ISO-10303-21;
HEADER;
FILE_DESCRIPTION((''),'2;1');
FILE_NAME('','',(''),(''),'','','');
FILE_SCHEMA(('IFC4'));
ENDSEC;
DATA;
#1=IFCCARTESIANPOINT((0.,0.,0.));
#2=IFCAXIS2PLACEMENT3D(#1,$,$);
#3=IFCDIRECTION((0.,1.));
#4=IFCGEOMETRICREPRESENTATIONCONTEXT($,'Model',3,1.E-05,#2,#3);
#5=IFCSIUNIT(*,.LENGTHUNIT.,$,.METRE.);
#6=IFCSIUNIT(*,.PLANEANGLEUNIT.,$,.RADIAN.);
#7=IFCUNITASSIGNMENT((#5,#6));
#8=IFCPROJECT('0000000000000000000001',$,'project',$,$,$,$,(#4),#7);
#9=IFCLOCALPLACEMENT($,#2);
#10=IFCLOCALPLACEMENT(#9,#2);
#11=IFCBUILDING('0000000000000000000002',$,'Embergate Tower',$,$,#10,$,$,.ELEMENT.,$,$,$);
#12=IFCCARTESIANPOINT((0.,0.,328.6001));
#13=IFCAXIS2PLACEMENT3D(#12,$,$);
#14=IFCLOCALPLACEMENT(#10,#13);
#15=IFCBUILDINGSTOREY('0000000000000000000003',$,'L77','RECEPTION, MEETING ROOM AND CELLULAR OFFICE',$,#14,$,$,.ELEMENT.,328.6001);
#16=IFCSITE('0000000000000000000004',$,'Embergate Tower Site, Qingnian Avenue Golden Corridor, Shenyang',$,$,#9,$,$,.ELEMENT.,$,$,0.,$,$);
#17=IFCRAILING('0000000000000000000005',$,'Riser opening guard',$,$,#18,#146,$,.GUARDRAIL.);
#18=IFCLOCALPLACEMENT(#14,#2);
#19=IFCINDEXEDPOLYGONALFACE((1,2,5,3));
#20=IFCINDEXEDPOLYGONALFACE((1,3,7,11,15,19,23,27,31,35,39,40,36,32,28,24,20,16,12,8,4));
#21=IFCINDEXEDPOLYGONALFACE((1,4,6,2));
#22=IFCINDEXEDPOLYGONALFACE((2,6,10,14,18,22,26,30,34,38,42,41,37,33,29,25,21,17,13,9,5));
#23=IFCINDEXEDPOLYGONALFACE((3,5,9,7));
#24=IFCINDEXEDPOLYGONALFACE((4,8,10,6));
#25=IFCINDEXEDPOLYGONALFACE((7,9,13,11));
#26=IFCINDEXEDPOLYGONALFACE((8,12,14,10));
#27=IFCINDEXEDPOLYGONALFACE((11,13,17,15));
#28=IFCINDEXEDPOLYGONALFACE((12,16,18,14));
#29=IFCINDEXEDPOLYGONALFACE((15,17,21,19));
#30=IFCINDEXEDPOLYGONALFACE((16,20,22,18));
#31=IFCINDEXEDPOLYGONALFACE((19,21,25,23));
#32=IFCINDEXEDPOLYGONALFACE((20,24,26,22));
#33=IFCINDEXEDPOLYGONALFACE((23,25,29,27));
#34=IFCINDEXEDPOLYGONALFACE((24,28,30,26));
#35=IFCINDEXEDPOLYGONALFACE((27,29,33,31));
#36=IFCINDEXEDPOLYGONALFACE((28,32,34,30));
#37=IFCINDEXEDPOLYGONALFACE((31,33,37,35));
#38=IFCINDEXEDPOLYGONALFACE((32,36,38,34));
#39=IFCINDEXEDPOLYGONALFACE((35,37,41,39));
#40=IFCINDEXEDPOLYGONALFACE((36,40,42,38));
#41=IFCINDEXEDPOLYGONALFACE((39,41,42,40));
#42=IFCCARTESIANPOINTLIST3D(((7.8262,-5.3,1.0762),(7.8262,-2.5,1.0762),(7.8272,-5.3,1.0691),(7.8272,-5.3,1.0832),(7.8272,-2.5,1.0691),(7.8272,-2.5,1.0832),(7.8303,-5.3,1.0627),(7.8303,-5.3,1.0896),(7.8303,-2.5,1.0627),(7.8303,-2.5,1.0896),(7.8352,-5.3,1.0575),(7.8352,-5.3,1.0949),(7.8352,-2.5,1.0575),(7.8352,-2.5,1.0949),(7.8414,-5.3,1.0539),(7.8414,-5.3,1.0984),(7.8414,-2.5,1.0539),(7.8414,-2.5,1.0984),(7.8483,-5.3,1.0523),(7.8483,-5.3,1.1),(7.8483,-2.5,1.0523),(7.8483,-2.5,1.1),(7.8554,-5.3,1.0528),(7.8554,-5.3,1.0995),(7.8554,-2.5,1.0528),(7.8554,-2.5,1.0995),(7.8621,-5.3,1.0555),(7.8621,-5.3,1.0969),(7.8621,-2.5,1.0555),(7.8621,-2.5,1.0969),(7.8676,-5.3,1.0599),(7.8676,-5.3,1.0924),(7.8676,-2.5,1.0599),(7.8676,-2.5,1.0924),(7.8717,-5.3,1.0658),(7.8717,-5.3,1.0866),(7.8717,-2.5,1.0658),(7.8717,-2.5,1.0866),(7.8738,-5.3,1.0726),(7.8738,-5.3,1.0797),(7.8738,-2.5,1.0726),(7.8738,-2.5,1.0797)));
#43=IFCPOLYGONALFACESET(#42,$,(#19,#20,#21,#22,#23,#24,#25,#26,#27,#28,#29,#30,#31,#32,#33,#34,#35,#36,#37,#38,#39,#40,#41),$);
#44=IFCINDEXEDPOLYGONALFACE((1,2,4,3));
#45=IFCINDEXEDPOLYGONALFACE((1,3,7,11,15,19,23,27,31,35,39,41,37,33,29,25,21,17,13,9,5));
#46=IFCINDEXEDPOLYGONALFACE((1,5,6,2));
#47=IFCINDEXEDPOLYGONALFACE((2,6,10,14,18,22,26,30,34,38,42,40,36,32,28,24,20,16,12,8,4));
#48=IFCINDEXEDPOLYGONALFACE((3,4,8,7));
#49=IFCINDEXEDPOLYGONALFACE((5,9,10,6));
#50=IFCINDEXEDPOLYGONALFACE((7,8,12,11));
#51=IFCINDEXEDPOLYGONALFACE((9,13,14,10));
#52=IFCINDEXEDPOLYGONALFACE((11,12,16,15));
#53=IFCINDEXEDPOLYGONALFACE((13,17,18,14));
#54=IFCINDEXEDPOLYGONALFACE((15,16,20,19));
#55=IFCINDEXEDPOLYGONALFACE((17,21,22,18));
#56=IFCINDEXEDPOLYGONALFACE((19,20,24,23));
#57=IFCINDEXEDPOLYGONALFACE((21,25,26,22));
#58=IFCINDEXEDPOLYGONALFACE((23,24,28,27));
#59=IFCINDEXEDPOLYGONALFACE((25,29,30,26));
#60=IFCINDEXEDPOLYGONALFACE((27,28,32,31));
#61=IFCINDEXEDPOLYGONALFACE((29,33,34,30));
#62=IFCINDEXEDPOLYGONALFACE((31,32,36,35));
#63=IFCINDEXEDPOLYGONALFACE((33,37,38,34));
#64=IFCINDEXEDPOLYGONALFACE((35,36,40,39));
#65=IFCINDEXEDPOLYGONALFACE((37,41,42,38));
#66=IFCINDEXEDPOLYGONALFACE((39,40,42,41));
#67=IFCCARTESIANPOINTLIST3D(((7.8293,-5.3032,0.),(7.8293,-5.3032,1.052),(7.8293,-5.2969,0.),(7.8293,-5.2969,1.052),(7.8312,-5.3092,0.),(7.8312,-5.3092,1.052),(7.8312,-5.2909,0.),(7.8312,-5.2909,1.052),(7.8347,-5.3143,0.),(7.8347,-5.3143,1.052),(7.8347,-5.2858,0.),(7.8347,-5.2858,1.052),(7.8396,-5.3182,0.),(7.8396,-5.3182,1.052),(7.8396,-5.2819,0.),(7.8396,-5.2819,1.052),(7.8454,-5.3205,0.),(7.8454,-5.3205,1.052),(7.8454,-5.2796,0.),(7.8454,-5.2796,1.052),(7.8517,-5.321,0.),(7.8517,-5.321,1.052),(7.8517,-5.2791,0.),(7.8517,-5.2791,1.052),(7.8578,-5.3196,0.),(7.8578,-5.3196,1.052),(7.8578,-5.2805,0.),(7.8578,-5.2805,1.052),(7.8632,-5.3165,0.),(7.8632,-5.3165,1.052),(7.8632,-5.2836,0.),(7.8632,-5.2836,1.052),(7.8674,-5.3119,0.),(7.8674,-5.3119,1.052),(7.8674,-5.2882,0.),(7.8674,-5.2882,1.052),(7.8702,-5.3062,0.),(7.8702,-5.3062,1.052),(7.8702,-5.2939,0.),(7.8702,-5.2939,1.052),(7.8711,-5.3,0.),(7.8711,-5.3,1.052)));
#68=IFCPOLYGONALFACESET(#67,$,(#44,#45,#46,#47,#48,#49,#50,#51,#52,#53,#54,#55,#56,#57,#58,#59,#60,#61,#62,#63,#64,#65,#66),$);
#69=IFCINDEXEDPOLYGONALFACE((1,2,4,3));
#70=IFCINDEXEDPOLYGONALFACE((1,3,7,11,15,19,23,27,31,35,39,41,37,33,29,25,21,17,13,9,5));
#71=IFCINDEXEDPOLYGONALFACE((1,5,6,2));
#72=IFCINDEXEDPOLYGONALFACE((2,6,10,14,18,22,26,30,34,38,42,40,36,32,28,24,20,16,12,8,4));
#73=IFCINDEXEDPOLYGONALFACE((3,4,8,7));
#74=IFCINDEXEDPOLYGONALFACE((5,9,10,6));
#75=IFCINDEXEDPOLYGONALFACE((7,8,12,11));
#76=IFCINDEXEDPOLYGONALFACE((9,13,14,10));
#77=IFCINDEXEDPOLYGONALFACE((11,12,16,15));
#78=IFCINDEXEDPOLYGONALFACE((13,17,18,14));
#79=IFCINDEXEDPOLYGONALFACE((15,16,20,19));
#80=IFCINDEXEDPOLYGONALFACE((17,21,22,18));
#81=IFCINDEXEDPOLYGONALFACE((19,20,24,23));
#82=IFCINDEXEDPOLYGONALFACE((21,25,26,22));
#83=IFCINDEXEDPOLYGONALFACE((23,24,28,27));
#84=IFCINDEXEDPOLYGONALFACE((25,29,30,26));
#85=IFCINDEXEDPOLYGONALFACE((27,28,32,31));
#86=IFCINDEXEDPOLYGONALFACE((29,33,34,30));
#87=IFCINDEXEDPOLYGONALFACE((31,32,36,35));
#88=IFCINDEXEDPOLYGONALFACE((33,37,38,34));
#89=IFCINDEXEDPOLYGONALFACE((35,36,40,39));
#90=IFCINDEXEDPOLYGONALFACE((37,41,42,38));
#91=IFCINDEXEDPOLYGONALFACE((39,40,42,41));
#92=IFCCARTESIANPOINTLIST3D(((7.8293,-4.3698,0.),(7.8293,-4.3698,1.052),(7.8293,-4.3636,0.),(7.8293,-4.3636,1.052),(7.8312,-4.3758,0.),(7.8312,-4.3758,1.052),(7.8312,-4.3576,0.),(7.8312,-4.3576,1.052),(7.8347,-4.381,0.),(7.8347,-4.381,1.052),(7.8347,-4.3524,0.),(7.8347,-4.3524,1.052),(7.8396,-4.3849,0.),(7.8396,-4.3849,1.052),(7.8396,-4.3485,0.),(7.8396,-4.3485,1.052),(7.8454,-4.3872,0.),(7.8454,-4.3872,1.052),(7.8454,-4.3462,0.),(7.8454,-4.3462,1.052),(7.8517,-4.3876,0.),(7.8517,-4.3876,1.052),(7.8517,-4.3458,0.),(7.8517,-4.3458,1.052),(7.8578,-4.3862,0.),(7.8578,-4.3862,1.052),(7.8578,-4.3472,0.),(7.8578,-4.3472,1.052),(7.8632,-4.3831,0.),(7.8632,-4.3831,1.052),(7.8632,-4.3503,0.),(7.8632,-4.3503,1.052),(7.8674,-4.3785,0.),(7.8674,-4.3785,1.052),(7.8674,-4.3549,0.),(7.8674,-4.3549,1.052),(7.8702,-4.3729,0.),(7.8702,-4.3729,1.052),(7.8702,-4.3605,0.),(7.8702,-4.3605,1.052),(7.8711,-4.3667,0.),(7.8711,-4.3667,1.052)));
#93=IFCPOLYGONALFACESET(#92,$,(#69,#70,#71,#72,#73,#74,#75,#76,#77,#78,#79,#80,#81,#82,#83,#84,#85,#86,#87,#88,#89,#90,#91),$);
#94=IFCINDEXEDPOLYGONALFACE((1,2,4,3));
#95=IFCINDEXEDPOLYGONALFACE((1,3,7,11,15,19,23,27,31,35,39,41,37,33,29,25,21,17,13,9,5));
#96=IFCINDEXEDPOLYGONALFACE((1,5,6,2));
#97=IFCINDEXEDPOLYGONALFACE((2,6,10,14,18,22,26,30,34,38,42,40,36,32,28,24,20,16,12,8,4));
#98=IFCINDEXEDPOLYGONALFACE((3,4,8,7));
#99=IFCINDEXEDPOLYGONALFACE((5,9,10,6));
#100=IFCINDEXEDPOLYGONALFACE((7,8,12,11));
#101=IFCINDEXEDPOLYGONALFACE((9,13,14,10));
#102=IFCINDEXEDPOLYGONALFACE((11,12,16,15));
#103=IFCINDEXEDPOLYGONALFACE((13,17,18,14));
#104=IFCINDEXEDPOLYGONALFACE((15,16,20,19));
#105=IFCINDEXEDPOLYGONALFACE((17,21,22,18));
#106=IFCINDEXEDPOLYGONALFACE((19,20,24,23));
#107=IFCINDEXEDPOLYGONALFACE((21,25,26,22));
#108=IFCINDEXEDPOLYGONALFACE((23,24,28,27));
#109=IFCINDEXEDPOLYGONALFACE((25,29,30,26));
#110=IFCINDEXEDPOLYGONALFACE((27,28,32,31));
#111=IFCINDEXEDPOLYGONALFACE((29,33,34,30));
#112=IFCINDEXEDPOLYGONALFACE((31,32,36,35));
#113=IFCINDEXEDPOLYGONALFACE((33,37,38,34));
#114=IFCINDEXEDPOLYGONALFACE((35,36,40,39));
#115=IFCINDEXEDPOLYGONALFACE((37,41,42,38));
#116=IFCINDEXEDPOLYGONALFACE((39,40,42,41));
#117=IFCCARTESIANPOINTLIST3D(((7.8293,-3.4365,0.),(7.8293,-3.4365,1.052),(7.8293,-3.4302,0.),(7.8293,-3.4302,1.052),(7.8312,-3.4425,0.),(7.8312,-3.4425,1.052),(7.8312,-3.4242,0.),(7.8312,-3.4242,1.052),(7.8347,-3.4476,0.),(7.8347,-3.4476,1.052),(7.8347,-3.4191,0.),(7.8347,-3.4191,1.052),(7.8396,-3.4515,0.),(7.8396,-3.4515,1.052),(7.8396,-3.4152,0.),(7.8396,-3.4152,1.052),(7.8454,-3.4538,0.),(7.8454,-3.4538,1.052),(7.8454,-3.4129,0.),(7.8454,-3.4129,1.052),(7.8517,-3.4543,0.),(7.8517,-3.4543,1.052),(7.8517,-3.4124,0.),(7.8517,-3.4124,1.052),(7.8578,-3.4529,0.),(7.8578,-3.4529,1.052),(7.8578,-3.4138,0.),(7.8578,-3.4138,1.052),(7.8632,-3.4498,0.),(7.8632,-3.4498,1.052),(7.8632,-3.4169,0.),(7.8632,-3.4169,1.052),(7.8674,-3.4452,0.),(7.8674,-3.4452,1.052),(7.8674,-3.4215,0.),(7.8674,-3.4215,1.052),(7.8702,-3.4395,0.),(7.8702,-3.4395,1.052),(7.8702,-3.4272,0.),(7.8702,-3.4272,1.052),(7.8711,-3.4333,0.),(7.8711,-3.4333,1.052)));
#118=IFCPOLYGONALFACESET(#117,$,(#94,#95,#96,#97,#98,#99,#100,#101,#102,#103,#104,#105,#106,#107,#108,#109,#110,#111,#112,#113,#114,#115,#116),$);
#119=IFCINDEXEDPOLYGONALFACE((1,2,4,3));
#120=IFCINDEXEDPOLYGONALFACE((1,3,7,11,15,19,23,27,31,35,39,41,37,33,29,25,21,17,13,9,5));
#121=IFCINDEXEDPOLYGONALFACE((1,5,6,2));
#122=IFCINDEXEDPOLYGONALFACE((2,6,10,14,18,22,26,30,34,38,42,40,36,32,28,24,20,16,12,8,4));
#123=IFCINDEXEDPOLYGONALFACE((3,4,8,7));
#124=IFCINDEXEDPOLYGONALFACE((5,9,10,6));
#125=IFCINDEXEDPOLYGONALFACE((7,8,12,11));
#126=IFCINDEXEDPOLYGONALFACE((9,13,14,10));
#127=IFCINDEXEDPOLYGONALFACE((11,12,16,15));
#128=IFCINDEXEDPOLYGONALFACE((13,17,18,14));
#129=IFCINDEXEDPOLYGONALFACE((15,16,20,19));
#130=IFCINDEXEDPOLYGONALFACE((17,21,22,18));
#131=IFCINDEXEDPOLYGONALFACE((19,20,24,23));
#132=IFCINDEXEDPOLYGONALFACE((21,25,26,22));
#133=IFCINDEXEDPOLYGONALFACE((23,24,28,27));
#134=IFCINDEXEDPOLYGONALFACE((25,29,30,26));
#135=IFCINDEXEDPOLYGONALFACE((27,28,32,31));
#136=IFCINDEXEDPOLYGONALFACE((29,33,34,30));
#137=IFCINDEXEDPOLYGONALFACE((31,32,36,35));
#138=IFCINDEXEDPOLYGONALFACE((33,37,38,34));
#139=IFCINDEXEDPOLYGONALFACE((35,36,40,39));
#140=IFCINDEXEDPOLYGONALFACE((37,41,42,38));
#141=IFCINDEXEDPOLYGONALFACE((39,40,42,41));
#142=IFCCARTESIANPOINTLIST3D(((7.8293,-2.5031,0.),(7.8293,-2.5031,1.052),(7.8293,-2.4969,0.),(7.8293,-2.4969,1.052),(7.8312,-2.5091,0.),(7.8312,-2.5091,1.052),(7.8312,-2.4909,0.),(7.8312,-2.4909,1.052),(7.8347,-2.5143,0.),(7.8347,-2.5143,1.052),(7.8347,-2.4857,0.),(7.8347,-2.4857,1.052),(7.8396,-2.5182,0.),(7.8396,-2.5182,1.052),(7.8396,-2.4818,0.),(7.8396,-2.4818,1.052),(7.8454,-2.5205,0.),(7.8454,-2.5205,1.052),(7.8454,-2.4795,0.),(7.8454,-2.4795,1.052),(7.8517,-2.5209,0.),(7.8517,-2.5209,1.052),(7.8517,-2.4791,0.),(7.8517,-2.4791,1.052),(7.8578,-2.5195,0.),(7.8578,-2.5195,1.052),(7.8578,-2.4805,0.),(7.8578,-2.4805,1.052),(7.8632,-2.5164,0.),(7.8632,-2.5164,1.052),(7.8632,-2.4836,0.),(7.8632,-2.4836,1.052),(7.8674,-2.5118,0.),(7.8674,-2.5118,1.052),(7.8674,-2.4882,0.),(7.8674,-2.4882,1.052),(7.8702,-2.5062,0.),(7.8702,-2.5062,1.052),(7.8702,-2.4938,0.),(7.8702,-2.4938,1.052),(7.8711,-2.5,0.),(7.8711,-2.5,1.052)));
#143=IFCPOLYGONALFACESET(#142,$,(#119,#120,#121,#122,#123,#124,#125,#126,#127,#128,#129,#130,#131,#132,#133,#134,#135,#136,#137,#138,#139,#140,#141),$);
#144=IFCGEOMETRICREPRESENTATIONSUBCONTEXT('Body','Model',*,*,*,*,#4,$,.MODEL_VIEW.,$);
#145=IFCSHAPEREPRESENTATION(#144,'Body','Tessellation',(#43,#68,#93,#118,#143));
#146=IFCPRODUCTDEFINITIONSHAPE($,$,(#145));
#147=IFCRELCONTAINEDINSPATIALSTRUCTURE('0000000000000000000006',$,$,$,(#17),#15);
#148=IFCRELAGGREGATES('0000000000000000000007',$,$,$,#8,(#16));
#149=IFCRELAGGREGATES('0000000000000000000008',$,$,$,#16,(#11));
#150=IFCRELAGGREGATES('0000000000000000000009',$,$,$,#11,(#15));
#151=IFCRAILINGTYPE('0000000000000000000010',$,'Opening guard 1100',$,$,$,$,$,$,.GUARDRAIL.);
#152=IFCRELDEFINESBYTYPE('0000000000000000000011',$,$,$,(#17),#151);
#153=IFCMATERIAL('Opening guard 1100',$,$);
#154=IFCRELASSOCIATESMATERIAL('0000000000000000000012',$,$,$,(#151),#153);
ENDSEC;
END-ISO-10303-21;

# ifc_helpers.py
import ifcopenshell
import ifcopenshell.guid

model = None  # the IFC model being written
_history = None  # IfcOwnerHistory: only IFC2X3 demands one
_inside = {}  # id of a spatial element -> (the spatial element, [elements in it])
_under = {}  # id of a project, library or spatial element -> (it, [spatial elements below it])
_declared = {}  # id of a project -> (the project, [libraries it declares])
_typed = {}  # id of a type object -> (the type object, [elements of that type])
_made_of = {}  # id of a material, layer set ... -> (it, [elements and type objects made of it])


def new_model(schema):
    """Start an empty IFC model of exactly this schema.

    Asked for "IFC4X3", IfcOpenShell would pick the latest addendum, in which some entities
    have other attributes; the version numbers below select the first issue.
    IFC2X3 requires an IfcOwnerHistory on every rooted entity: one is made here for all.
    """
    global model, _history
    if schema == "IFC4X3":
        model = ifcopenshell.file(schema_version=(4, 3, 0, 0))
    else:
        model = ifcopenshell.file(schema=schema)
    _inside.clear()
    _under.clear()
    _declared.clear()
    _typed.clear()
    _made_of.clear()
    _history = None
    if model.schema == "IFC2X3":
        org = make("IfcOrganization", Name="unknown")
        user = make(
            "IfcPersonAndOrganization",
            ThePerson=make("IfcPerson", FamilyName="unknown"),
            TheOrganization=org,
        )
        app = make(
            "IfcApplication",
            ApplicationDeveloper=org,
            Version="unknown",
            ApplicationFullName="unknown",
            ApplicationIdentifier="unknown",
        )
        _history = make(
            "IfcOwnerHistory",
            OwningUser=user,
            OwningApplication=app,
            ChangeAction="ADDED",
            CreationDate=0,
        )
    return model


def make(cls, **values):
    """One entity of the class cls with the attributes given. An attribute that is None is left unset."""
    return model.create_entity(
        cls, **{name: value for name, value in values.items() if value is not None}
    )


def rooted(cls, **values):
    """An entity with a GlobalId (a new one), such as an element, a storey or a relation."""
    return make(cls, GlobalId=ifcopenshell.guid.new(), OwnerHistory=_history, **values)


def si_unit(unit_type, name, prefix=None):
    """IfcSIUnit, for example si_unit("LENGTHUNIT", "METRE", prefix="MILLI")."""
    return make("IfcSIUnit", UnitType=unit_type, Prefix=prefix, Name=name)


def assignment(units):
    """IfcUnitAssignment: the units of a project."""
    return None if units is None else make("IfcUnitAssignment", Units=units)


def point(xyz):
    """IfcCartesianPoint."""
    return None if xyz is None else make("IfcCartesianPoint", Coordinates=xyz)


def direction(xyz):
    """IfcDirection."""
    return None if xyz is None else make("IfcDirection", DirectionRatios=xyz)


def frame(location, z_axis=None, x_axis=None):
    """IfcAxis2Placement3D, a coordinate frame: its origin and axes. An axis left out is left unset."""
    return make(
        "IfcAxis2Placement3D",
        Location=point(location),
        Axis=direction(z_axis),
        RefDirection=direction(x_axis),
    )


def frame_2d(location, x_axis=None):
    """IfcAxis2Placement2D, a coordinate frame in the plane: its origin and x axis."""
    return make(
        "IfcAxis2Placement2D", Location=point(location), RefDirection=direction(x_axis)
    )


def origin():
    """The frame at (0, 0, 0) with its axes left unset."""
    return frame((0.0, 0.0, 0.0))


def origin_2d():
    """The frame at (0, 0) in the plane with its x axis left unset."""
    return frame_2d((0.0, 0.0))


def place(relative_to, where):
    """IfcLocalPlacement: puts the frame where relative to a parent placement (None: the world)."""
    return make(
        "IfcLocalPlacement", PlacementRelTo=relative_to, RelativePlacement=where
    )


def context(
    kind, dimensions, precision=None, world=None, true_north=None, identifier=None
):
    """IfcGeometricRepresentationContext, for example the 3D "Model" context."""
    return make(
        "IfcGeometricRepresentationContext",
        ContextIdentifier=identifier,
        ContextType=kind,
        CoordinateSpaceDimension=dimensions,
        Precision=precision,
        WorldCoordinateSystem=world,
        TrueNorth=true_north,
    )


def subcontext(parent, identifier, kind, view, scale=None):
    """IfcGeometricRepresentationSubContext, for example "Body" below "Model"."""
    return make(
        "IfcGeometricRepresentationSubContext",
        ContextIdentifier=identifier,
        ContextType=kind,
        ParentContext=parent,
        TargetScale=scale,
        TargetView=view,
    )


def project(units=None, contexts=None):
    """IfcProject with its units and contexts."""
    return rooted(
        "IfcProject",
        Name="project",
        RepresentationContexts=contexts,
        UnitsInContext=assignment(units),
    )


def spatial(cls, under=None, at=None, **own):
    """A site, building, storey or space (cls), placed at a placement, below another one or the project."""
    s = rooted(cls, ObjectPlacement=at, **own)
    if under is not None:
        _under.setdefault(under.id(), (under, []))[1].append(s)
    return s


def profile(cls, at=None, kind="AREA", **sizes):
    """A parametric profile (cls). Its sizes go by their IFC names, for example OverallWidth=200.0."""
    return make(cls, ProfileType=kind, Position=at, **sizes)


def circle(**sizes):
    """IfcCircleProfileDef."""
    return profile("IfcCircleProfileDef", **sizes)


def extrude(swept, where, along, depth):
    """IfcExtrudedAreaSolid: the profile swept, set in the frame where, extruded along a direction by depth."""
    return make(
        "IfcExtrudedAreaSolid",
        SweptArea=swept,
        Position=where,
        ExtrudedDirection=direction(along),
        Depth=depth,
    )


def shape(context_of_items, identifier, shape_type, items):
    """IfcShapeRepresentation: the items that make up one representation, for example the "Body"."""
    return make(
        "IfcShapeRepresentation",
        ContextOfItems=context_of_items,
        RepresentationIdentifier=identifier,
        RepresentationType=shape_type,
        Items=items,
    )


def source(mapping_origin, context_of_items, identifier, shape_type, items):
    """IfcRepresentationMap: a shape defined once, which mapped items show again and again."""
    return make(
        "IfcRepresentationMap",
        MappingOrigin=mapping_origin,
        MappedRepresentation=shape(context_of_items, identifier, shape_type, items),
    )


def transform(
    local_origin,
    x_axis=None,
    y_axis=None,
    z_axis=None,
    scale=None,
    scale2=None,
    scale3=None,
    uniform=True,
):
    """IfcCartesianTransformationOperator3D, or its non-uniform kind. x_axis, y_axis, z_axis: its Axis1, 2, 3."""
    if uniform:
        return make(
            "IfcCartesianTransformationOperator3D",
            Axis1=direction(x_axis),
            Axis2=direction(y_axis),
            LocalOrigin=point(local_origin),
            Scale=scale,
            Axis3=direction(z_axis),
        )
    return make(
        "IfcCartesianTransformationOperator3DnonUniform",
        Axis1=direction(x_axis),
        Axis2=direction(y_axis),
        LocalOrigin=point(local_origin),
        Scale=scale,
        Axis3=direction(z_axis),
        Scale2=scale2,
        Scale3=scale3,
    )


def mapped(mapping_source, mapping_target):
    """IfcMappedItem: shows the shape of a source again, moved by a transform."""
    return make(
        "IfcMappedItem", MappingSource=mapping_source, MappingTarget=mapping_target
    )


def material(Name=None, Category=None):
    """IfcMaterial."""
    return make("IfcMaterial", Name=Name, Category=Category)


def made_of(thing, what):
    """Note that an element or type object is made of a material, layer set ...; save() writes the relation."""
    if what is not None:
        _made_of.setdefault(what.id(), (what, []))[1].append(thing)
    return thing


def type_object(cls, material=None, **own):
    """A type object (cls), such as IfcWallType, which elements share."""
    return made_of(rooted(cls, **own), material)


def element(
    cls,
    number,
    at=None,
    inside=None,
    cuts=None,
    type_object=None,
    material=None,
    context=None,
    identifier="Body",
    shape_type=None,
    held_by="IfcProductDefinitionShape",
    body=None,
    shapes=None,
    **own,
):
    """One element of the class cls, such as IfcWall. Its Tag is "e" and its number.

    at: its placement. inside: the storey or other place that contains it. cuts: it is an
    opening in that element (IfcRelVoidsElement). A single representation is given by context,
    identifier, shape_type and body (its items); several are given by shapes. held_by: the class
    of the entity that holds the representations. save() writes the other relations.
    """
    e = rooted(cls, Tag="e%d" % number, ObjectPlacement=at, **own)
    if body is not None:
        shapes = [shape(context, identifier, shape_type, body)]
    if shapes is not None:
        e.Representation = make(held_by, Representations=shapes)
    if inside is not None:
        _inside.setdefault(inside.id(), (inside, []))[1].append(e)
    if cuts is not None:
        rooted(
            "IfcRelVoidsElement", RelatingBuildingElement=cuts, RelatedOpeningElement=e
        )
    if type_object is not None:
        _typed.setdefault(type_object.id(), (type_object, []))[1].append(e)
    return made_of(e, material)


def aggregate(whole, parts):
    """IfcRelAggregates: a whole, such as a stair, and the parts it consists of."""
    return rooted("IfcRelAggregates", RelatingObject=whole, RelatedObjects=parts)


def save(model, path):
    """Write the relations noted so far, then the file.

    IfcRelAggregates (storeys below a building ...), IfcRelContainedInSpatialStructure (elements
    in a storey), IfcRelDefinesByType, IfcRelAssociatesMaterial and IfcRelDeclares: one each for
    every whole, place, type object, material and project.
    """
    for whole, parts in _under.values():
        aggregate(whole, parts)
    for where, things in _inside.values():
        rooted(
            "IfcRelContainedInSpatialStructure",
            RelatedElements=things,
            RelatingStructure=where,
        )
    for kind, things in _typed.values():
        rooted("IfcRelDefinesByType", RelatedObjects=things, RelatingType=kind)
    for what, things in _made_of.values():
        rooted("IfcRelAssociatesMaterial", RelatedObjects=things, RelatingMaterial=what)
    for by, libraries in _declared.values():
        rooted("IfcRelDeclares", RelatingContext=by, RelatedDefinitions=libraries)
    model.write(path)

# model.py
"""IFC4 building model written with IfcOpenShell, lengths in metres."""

from ifc_helpers import new_model, si_unit, direction, frame, origin, origin_2d, place, context, subcontext, project, spatial, circle, extrude, source, transform, mapped, material, type_object, element, save


model = new_model("IFC4")

# Units and contexts
model_context = context("Model", 3, precision=1e-05, world=origin(), true_north=direction((0.0, 1.0)))
body_context = subcontext(model_context, "Body", "Model", "MODEL_VIEW")
ifc_project = project(units=[si_unit("LENGTHUNIT", "METRE"), si_unit("PLANEANGLEUNIT", "RADIAN")], contexts=[model_context])

# Site, building, storey
site_placement = place(None, origin())
site = spatial("IfcSite", under=ifc_project, at=site_placement, Name="Embergate Tower Site, Qingnian Avenue Golden Corridor, Shenyang", CompositionType="ELEMENT", RefElevation=0.0)
building_placement = place(site_placement, origin())
building = spatial("IfcBuilding", under=site, at=building_placement, Name="Embergate Tower", CompositionType="ELEMENT")
storey_placement = place(building_placement, frame((0.0, 0.0, 328.6001)))
storey = spatial("IfcBuildingStorey", under=building, at=storey_placement, Name="L77", Description="RECEPTION, MEETING ROOM AND CELLULAR OFFICE", CompositionType="ELEMENT", Elevation=328.6001)

# Railing
ifc_material_1 = material(Name="Opening guard 1100")
railing_type_1 = type_object("IfcRailingType", Name="Opening guard 1100", PredefinedType="GUARDRAIL", material=ifc_material_1)
shared_shape_1 = source(origin(), body_context, "Body", "SweptSolid", [
    extrude(circle(Radius=0.0239, at=origin_2d()), frame((0.0, 0.0, 1.0762), z_axis=(0.0, 1.0, 0.0), x_axis=(-1.0, 0.0, 0.0)), (0.0, 0.0, 1.0), 2.8),
    extrude(circle(Radius=0.021, at=origin_2d()), origin(), (0.0, 0.0, 1.0), 1.052),
    extrude(circle(Radius=0.021, at=origin_2d()), frame((0.0, 0.9333, 0.0)), (0.0, 0.0, 1.0), 1.052),
    extrude(circle(Radius=0.021, at=origin_2d()), frame((0.0, 1.8667, 0.0)), (0.0, 0.0, 1.0), 1.052),
    extrude(circle(Radius=0.021, at=origin_2d()), frame((0.0, 2.8, 0.0)), (0.0, 0.0, 1.0), 1.052),
])
railing_1_placement = place(storey_placement, frame((7.8501, -5.3, 0.0)))
element("IfcRailing", 1, at=railing_1_placement, inside=storey, type_object=railing_type_1, Name="Riser opening guard", PredefinedType="GUARDRAIL", context=body_context, shape_type="MappedRepresentation", body=[
    mapped(shared_shape_1, transform((0.0, 0.0, 0.0))),
])

save(model, "model.ifc")
